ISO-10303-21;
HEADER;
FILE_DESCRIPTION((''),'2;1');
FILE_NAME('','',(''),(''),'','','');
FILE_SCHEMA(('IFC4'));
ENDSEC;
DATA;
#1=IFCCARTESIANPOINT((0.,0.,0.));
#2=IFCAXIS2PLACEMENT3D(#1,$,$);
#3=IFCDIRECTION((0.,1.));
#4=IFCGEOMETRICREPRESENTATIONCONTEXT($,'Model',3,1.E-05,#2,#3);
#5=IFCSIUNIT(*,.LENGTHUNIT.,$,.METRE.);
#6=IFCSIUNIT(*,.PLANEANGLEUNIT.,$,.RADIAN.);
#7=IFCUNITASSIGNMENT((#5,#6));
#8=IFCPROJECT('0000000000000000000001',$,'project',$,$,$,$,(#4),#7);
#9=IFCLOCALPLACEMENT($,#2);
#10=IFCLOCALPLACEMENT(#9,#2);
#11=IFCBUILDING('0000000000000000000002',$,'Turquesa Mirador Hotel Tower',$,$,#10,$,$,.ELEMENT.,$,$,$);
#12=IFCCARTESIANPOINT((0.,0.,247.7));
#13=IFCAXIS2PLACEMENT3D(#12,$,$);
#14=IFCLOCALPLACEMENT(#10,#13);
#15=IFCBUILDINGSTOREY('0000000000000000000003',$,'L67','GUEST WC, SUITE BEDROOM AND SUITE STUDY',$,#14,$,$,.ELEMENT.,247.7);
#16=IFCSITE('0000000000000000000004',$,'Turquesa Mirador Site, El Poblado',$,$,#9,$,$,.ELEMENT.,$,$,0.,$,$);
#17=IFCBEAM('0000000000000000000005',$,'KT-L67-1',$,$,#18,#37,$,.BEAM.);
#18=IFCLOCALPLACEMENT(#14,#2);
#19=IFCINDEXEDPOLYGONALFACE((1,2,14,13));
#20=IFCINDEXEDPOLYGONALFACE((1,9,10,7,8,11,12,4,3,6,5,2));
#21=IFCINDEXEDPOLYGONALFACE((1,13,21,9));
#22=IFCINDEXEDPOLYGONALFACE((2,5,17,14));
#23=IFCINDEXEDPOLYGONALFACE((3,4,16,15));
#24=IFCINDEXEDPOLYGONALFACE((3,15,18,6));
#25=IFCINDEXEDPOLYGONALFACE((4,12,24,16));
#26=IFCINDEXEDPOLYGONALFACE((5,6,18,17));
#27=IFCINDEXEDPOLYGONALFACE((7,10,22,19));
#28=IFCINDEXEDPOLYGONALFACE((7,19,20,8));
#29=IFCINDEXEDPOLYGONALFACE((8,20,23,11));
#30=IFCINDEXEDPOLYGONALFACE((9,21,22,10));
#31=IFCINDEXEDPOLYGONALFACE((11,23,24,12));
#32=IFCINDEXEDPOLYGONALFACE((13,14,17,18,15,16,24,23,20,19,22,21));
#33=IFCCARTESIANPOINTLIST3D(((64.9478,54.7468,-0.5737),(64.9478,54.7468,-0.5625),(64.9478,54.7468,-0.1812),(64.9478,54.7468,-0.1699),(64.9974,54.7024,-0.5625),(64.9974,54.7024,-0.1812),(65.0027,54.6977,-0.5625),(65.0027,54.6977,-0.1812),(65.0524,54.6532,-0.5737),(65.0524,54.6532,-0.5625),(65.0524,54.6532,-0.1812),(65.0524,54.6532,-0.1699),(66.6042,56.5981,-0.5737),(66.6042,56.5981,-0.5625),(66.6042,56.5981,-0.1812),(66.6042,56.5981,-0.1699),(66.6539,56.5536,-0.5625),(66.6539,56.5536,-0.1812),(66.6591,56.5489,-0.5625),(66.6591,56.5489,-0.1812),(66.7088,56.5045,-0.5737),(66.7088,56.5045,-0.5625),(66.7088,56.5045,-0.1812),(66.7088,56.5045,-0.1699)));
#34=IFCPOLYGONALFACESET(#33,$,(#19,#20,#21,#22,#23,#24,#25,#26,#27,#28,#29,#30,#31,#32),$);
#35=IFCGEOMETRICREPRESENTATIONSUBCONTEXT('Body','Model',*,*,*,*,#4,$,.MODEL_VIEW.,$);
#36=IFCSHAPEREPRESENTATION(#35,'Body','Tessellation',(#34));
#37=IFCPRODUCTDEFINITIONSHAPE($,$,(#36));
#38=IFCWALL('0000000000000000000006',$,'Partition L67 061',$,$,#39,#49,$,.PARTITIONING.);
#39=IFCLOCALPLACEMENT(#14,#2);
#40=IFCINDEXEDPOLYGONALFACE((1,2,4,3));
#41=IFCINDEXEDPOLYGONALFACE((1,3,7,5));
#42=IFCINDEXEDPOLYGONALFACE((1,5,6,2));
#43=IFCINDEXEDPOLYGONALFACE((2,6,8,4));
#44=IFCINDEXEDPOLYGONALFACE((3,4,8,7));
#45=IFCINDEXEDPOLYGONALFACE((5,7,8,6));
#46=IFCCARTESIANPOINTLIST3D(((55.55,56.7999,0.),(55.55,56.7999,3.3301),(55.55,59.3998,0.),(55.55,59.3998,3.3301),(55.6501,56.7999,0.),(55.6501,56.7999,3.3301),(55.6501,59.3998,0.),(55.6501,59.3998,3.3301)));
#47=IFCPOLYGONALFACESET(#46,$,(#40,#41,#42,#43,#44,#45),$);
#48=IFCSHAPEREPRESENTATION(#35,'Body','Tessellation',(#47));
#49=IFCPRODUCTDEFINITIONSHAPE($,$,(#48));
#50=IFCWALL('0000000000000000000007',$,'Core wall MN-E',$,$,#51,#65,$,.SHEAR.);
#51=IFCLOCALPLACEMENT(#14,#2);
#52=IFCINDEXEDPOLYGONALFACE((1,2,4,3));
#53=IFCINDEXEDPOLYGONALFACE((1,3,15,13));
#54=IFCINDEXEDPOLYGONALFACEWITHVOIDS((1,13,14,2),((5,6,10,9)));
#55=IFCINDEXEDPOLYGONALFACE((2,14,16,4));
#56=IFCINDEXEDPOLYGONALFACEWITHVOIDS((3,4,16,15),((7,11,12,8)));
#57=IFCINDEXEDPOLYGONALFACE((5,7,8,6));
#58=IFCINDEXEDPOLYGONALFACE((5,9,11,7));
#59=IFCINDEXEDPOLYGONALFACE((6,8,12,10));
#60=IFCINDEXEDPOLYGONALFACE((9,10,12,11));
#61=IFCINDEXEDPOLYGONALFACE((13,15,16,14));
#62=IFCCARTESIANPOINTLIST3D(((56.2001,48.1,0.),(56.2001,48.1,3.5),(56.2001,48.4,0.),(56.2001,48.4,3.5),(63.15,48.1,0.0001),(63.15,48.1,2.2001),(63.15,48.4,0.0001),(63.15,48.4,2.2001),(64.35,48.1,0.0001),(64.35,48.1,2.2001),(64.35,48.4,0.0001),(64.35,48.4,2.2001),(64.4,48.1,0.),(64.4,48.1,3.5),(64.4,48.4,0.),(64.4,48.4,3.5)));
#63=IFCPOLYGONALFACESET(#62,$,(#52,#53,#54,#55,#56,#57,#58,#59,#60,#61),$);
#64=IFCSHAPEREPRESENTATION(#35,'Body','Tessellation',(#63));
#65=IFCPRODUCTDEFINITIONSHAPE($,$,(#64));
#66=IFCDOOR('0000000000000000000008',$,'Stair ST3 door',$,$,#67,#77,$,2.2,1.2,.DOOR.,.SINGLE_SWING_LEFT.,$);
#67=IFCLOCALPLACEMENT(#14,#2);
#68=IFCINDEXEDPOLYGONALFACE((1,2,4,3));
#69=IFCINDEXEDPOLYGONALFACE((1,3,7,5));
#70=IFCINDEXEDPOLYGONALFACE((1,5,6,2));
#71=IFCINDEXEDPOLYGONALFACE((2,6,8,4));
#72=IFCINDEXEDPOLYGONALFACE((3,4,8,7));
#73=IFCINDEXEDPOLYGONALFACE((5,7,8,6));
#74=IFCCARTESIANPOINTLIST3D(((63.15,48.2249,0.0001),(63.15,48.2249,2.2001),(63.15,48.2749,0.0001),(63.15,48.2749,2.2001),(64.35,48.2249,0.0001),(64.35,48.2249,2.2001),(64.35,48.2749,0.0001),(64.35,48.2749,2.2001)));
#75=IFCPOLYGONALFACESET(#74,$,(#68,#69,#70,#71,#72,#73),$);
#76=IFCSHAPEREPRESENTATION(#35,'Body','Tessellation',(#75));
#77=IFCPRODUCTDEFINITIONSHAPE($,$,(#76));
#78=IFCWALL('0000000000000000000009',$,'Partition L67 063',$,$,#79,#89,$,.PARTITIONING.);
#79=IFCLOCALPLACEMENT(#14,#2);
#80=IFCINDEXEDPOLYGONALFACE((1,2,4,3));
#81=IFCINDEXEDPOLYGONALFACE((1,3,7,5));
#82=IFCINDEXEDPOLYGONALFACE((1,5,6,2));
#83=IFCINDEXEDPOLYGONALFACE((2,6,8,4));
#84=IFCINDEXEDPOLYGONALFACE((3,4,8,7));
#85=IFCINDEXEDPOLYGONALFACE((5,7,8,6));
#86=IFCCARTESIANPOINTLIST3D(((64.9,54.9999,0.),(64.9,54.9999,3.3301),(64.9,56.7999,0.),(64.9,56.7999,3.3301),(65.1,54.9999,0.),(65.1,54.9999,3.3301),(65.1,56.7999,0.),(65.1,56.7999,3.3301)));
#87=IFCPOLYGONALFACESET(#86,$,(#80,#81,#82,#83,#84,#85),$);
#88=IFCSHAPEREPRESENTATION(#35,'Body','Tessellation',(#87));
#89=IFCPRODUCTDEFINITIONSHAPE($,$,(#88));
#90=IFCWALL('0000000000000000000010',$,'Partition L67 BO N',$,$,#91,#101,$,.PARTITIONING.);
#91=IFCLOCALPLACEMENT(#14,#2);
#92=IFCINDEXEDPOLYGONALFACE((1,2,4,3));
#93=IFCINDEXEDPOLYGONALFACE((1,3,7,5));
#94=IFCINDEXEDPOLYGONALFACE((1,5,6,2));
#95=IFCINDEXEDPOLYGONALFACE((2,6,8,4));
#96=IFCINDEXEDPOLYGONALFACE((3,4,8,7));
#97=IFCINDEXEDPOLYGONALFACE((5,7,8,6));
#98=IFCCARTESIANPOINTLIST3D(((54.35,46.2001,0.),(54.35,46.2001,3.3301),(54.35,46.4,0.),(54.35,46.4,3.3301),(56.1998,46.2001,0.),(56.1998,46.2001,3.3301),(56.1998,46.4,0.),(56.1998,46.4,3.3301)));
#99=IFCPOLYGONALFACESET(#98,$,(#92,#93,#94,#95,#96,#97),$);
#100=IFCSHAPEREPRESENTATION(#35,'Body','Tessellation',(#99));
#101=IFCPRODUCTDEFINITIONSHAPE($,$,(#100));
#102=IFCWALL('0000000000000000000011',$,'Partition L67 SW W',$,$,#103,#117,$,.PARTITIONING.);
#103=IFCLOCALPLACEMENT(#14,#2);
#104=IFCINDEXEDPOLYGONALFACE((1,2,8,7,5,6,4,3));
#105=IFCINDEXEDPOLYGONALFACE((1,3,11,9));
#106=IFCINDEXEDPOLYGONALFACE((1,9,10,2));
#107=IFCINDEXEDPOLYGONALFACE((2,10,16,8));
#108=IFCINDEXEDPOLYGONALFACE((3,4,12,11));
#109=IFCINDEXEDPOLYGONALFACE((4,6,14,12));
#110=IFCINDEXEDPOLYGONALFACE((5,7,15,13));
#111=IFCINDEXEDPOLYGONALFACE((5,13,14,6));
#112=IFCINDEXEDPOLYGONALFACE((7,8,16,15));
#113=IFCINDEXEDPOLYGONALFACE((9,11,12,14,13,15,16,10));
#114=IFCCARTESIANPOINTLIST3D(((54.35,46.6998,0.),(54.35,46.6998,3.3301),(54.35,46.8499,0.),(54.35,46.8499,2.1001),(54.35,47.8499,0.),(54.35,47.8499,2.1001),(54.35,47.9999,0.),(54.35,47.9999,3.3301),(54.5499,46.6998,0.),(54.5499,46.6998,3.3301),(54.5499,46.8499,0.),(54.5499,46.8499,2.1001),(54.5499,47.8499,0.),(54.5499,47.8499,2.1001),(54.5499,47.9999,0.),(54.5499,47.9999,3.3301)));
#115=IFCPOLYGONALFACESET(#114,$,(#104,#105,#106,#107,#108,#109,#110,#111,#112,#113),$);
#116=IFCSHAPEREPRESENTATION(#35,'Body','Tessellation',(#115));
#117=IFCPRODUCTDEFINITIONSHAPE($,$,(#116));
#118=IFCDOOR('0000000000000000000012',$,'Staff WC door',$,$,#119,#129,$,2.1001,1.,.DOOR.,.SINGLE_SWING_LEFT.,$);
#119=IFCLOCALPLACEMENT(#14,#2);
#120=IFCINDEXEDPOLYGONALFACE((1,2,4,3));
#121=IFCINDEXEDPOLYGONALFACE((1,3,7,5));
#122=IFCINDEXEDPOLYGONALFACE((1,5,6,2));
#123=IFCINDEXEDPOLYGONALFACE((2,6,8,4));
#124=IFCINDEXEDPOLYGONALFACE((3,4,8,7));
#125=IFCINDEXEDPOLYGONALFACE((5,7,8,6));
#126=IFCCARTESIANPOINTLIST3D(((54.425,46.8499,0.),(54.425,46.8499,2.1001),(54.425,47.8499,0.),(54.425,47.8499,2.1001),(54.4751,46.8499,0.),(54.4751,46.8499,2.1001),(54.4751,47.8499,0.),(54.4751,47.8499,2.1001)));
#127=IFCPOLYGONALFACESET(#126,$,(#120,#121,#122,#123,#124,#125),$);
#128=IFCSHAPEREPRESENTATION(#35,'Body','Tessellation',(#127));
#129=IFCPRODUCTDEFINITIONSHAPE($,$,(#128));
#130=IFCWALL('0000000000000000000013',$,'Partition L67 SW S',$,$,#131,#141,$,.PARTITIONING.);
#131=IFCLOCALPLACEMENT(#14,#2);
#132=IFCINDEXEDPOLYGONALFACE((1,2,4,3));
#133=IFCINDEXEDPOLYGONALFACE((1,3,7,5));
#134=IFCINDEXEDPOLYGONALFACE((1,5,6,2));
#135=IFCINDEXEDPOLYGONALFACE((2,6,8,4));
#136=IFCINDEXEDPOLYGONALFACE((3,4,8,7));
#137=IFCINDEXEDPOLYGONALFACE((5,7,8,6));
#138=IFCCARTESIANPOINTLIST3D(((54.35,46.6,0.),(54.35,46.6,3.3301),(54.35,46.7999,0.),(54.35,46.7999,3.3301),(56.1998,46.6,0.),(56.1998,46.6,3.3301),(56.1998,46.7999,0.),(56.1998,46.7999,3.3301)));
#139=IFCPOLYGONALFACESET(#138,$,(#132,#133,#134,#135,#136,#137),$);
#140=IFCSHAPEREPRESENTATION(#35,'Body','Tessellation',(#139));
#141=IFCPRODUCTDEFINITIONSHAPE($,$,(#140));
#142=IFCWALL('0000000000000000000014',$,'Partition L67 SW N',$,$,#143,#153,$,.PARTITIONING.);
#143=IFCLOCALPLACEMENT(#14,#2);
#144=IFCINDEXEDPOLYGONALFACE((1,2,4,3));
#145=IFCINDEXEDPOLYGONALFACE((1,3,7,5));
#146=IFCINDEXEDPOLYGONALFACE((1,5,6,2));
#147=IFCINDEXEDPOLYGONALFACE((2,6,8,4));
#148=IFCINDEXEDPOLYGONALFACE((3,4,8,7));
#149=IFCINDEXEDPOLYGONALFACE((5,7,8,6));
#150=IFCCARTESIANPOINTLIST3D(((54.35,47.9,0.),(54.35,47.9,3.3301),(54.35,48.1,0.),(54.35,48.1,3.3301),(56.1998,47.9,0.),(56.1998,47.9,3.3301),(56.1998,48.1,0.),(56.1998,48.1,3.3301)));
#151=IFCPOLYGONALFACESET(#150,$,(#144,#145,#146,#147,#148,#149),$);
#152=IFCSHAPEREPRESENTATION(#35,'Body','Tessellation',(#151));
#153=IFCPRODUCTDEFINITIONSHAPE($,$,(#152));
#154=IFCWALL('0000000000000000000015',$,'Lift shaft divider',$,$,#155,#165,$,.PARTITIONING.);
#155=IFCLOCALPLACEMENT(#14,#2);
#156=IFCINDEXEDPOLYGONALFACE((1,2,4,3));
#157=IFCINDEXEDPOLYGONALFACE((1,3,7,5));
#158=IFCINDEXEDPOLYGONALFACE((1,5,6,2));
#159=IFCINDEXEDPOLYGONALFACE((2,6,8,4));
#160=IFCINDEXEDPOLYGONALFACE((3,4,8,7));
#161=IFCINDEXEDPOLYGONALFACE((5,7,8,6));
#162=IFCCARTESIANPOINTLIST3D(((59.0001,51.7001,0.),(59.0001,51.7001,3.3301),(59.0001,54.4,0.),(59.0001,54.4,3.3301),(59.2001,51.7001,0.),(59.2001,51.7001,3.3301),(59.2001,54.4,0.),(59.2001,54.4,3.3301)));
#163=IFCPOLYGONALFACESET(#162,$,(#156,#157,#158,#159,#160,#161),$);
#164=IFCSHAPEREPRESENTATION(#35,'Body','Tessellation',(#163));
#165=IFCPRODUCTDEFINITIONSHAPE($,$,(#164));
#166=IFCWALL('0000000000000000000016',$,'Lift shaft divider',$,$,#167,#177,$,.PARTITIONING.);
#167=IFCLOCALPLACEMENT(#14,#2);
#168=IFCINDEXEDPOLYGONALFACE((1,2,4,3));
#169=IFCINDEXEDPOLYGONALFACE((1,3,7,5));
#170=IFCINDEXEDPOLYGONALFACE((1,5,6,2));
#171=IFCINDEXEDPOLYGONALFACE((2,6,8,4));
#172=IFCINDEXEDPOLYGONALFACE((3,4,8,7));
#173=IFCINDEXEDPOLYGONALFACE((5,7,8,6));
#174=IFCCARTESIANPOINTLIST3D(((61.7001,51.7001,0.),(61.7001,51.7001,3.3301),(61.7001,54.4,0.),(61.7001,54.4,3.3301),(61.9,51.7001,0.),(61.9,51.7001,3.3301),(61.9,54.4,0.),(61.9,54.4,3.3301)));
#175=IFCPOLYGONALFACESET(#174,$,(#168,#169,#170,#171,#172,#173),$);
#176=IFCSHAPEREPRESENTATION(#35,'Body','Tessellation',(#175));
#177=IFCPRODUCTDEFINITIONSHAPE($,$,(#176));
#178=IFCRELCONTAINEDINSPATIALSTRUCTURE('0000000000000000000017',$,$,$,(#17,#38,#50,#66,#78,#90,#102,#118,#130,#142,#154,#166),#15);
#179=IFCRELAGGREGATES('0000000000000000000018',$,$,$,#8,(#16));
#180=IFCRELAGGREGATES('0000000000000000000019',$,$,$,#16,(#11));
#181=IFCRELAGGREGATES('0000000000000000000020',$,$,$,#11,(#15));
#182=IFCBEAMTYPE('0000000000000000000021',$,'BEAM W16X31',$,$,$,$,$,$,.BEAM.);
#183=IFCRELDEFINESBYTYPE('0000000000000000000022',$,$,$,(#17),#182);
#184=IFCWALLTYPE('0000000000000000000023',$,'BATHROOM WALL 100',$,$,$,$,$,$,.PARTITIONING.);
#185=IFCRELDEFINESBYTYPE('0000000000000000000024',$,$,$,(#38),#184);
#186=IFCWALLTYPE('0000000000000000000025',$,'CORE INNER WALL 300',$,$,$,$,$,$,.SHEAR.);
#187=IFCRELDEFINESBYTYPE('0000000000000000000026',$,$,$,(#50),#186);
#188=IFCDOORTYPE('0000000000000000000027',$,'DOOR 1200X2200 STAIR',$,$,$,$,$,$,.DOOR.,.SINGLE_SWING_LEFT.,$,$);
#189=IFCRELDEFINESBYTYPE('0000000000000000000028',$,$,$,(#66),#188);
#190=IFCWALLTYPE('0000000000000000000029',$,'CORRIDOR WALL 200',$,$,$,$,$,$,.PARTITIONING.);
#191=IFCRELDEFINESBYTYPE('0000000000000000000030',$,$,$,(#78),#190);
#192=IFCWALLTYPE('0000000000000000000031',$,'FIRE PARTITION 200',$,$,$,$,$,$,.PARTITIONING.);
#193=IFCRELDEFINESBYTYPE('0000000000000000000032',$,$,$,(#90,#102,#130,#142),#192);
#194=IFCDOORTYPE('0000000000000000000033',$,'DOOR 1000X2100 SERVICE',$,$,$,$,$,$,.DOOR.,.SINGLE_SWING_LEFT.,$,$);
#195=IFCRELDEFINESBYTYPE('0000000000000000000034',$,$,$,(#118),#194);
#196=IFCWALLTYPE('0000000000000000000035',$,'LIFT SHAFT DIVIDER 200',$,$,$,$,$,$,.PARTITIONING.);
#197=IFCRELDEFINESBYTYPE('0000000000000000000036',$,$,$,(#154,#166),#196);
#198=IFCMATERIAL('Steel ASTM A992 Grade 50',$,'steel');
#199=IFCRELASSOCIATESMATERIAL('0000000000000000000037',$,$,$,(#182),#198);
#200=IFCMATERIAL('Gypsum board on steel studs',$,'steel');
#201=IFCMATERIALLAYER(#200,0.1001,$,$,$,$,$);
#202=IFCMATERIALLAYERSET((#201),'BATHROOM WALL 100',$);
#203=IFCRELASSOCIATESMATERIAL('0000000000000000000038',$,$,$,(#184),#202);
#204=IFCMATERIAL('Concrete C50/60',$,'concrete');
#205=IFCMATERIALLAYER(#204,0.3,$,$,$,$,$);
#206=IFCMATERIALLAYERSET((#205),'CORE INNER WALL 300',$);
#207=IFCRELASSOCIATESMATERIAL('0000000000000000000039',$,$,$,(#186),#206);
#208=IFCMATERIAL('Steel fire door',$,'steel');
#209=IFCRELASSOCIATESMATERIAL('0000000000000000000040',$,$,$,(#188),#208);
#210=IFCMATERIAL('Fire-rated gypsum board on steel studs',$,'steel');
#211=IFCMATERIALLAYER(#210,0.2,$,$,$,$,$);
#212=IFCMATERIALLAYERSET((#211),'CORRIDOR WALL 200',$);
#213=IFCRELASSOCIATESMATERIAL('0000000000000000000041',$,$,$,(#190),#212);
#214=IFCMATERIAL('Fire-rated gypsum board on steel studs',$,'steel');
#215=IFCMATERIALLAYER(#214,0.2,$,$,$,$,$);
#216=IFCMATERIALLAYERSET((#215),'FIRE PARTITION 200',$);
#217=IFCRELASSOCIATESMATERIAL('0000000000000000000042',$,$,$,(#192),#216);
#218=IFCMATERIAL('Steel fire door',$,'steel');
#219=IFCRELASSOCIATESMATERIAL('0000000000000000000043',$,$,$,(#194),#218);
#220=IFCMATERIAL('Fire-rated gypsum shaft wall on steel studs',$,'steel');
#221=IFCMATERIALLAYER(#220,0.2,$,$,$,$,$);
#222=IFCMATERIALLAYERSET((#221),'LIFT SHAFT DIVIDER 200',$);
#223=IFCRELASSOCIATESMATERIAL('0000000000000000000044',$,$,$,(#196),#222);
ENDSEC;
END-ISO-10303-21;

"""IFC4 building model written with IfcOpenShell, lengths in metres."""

from ifc_helpers import new_model, si_unit, direction, frame, frame_2d, origin, origin_2d, place, context, subcontext, project, spatial, rectangle, i_section, extrude, material, layer, layer_set, material_profile, profile_set, type_object, element, fill, save


model = new_model("IFC4")

# Units and contexts
model_context = context("Model", 3, precision=1e-05, world=origin(), true_north=direction((0.0, 1.0)))
body_context = subcontext(model_context, "Body", "Model", "MODEL_VIEW")
ifc_project = project(units=[si_unit("LENGTHUNIT", "METRE"), si_unit("PLANEANGLEUNIT", "RADIAN")], contexts=[model_context])

# Site, building, storey
site_placement = place(None, origin())
site = spatial("IfcSite", under=ifc_project, at=site_placement, Name="Turquesa Mirador Site, El Poblado", CompositionType="ELEMENT", RefElevation=0.0)
building_placement = place(site_placement, origin())
building = spatial("IfcBuilding", under=site, at=building_placement, Name="Turquesa Mirador Hotel Tower", CompositionType="ELEMENT")
storey_placement = place(building_placement, frame((0.0, 0.0, 247.7)))
storey = spatial("IfcBuildingStorey", under=building, at=storey_placement, Name="L67", Description="GUEST WC, SUITE BEDROOM AND SUITE STUDY", CompositionType="ELEMENT", Elevation=247.7)

# Beam
ifc_material_1 = material(Name="Steel ASTM A992 Grade 50", Category="steel")
ifc_material_profile = material_profile(ifc_material_1, i_section(OverallWidth=0.1404, OverallDepth=0.4038, WebThickness=0.0071, FlangeThickness=0.0112, at=origin_2d()), Name="W16X31")
ifc_profile_set = profile_set([ifc_material_profile], Name="Steel ASTM A992 Grade 50")
beam_type = type_object("IfcBeamType", Name="BEAM W16X31", PredefinedType="BEAM", material=ifc_profile_set)
beam_placement = place(storey_placement, frame((66.6565, 56.5513, -0.3718), z_axis=(-0.666806, -0.745231, 0.0), x_axis=(0.745231, -0.666806, 0.0)))
element("IfcBeam", 1, at=beam_placement, inside=storey, type_object=beam_type, Name="KT-L67-1", PredefinedType="BEAM", context=body_context, shape_type="SweptSolid", body=[
    extrude(i_section(OverallWidth=0.1404, OverallDepth=0.4038, WebThickness=0.0071, FlangeThickness=0.0112, at=origin_2d()), origin(), (0.0, 0.0, 1.0), 2.4841),
])

# Wall
ifc_material_2 = material(Name="Gypsum board on steel studs", Category="steel")
ifc_layer_1 = layer(ifc_material_2, 0.1001)
ifc_layer_set_1 = layer_set([ifc_layer_1], Name="BATHROOM WALL 100")
wall_type_1 = type_object("IfcWallType", Name="BATHROOM WALL 100", PredefinedType="PARTITIONING", material=ifc_layer_set_1)
wall_1_placement = place(storey_placement, frame((55.6001, 56.8, 0.0), z_axis=(0.0, 0.0, 1.0), x_axis=(0.0, 1.0, 0.0)))
element("IfcWall", 2, at=wall_1_placement, inside=storey, type_object=wall_type_1, Name="Partition L67 061", PredefinedType="PARTITIONING", context=body_context, shape_type="SweptSolid", body=[
    extrude(rectangle(XDim=2.5999, YDim=0.1001, at=frame_2d((1.2998, 0.0))), origin(), (0.0, 0.0, 1.0), 3.3301),
])

# Wall, opening, door
ifc_material_3 = material(Name="Concrete C50/60", Category="concrete")
ifc_layer_2 = layer(ifc_material_3, 0.3)
ifc_layer_set_2 = layer_set([ifc_layer_2], Name="CORE INNER WALL 300")
wall_type_2 = type_object("IfcWallType", Name="CORE INNER WALL 300", PredefinedType="SHEAR", material=ifc_layer_set_2)
wall_2_placement = place(storey_placement, frame((56.2, 48.25, 0.0), z_axis=(0.0, 0.0, 1.0), x_axis=(1.0, 0.0, 0.0)))
wall_2 = element("IfcWall", 3, at=wall_2_placement, inside=storey, type_object=wall_type_2, Name="Core wall MN-E", PredefinedType="SHEAR", context=body_context, shape_type="SweptSolid", body=[
    extrude(rectangle(XDim=8.2, YDim=0.3, at=frame_2d((4.1001, 0.0))), origin(), (0.0, 0.0, 1.0), 3.5),
])
opening_1_placement = place(wall_2_placement, frame((6.95, 0.0, 0.0)))
opening_1 = element("IfcOpeningElement", 4, at=opening_1_placement, cuts=wall_2, PredefinedType="OPENING", context=body_context, shape_type="SweptSolid", body=[
    extrude(rectangle(XDim=1.2, YDim=2.2, at=frame_2d((0.6001, 1.1001))), frame((0.0, 0.1599, 0.0), z_axis=(0.0, -1.0, 0.0), x_axis=(1.0, 0.0, 0.0)), (0.0, 0.0, 1.0), 0.3201),
])
ifc_material_4 = material(Name="Steel fire door", Category="steel")
door_type_1 = type_object("IfcDoorType", Name="DOOR 1200X2200 STAIR", OperationType="SINGLE_SWING_LEFT", PredefinedType="DOOR", material=ifc_material_4)
door_1_placement = place(opening_1_placement, origin())
door_1 = element("IfcDoor", 5, at=door_1_placement, inside=storey, type_object=door_type_1, Name="Stair ST3 door", OperationType="SINGLE_SWING_LEFT", OverallHeight=2.2, OverallWidth=1.2, PredefinedType="DOOR", context=body_context, shape_type="SweptSolid", body=[
    extrude(rectangle(XDim=1.2, YDim=2.2, at=frame_2d((0.6001, 1.1001))), frame((0.0, 0.0249, 0.0), z_axis=(0.0, -1.0, 0.0), x_axis=(1.0, 0.0, 0.0)), (0.0, 0.0, 1.0), 0.05),
])
fill(opening_1, door_1)

# Walls
ifc_material_5 = material(Name="Fire-rated gypsum board on steel studs", Category="steel")
ifc_layer_3 = layer(ifc_material_5, 0.2)
ifc_layer_set_3 = layer_set([ifc_layer_3], Name="CORRIDOR WALL 200")
wall_type_3 = type_object("IfcWallType", Name="CORRIDOR WALL 200", PredefinedType="PARTITIONING", material=ifc_layer_set_3)
wall_3_placement = place(storey_placement, frame((65.0, 55.0, 0.0), z_axis=(0.0, 0.0, 1.0), x_axis=(0.0, 1.0, 0.0)))
element("IfcWall", 6, at=wall_3_placement, inside=storey, type_object=wall_type_3, Name="Partition L67 063", PredefinedType="PARTITIONING", context=body_context, shape_type="SweptSolid", body=[
    extrude(rectangle(XDim=1.8, YDim=0.2, at=frame_2d((0.8999, 0.0))), origin(), (0.0, 0.0, 1.0), 3.3301),
])
ifc_material_6 = material(Name="Fire-rated gypsum board on steel studs", Category="steel")
ifc_layer_4 = layer(ifc_material_6, 0.2)
ifc_layer_set_4 = layer_set([ifc_layer_4], Name="FIRE PARTITION 200")
wall_type_4 = type_object("IfcWallType", Name="FIRE PARTITION 200", PredefinedType="PARTITIONING", material=ifc_layer_set_4)
wall_4_placement = place(storey_placement, frame((54.3501, 46.3, 0.0), z_axis=(0.0, 0.0, 1.0), x_axis=(1.0, 0.0, 0.0)))
element("IfcWall", 7, at=wall_4_placement, inside=storey, type_object=wall_type_4, Name="Partition L67 BO N", PredefinedType="PARTITIONING", context=body_context, shape_type="SweptSolid", body=[
    extrude(rectangle(XDim=1.8499, YDim=0.2, at=frame_2d((0.9248, 0.0))), origin(), (0.0, 0.0, 1.0), 3.3301),
])

# Wall, opening, door
wall_5_placement = place(storey_placement, frame((54.45, 46.7, 0.0), z_axis=(0.0, 0.0, 1.0), x_axis=(0.0, 1.0, 0.0)))
wall_5 = element("IfcWall", 8, at=wall_5_placement, inside=storey, type_object=wall_type_4, Name="Partition L67 SW W", PredefinedType="PARTITIONING", context=body_context, shape_type="SweptSolid", body=[
    extrude(rectangle(XDim=1.3, YDim=0.2, at=frame_2d((0.6499, 0.0))), origin(), (0.0, 0.0, 1.0), 3.3301),
])
opening_2_placement = place(wall_5_placement, frame((0.1499, 0.0, 0.0)))
opening_2 = element("IfcOpeningElement", 9, at=opening_2_placement, cuts=wall_5, PredefinedType="OPENING", context=body_context, shape_type="SweptSolid", body=[
    extrude(rectangle(XDim=1.0, YDim=2.1001, at=frame_2d((0.5, 1.05))), frame((0.0, 0.1099, 0.0), z_axis=(0.0, -1.0, 0.0), x_axis=(1.0, 0.0, 0.0)), (0.0, 0.0, 1.0), 0.22),
])
ifc_material_7 = material(Name="Steel fire door", Category="steel")
door_type_2 = type_object("IfcDoorType", Name="DOOR 1000X2100 SERVICE", OperationType="SINGLE_SWING_LEFT", PredefinedType="DOOR", material=ifc_material_7)
door_2_placement = place(opening_2_placement, origin())
door_2 = element("IfcDoor", 10, at=door_2_placement, inside=storey, type_object=door_type_2, Name="Staff WC door", OperationType="SINGLE_SWING_LEFT", OverallHeight=2.1001, OverallWidth=1.0, PredefinedType="DOOR", context=body_context, shape_type="SweptSolid", body=[
    extrude(rectangle(XDim=1.0, YDim=2.1001, at=frame_2d((0.5, 1.05))), frame((0.0, 0.0249, 0.0), z_axis=(0.0, -1.0, 0.0), x_axis=(1.0, 0.0, 0.0)), (0.0, 0.0, 1.0), 0.05),
])
fill(opening_2, door_2)

# Walls
for number, where, z_axis, x_axis, name in (
    (11, (54.3501, 46.7, 0.0), (0.0, 0.0, 1.0), (1.0, 0.0, 0.0), "Partition L67 SW S"),
    (12, (54.3501, 48.0, 0.0), (0.0, 0.0, 1.0), (1.0, 0.0, 0.0), "Partition L67 SW N"),
):
    element("IfcWall", number, at=place(storey_placement, frame(where, z_axis=z_axis, x_axis=x_axis)), inside=storey, type_object=wall_type_4, Name=name, PredefinedType="PARTITIONING", context=body_context, shape_type="SweptSolid", body=[
        extrude(rectangle(XDim=1.8499, YDim=0.2, at=frame_2d((0.9248, 0.0))), origin(), (0.0, 0.0, 1.0), 3.3301),
    ])
ifc_material_8 = material(Name="Fire-rated gypsum shaft wall on steel studs", Category="steel")
ifc_layer_5 = layer(ifc_material_8, 0.2)
ifc_layer_set_5 = layer_set([ifc_layer_5], Name="LIFT SHAFT DIVIDER 200")
wall_type_5 = type_object("IfcWallType", Name="LIFT SHAFT DIVIDER 200", PredefinedType="PARTITIONING", material=ifc_layer_set_5)
for number, where, z_axis, x_axis, name in (
    (13, (59.1001, 51.7, 0.0), (0.0, 0.0, 1.0), (0.0, 1.0, 0.0), "Lift shaft divider"),
    (14, (61.8, 51.7, 0.0), (0.0, 0.0, 1.0), (0.0, 1.0, 0.0), "Lift shaft divider"),
):
    element("IfcWall", number, at=place(storey_placement, frame(where, z_axis=z_axis, x_axis=x_axis)), inside=storey, type_object=wall_type_5, Name=name, PredefinedType="PARTITIONING", context=body_context, shape_type="SweptSolid", body=[
        extrude(rectangle(XDim=2.7, YDim=0.2, at=frame_2d((1.3501, 0.0))), origin(), (0.0, 0.0, 1.0), 3.3301),
    ])

save(model, "model.ifc")
